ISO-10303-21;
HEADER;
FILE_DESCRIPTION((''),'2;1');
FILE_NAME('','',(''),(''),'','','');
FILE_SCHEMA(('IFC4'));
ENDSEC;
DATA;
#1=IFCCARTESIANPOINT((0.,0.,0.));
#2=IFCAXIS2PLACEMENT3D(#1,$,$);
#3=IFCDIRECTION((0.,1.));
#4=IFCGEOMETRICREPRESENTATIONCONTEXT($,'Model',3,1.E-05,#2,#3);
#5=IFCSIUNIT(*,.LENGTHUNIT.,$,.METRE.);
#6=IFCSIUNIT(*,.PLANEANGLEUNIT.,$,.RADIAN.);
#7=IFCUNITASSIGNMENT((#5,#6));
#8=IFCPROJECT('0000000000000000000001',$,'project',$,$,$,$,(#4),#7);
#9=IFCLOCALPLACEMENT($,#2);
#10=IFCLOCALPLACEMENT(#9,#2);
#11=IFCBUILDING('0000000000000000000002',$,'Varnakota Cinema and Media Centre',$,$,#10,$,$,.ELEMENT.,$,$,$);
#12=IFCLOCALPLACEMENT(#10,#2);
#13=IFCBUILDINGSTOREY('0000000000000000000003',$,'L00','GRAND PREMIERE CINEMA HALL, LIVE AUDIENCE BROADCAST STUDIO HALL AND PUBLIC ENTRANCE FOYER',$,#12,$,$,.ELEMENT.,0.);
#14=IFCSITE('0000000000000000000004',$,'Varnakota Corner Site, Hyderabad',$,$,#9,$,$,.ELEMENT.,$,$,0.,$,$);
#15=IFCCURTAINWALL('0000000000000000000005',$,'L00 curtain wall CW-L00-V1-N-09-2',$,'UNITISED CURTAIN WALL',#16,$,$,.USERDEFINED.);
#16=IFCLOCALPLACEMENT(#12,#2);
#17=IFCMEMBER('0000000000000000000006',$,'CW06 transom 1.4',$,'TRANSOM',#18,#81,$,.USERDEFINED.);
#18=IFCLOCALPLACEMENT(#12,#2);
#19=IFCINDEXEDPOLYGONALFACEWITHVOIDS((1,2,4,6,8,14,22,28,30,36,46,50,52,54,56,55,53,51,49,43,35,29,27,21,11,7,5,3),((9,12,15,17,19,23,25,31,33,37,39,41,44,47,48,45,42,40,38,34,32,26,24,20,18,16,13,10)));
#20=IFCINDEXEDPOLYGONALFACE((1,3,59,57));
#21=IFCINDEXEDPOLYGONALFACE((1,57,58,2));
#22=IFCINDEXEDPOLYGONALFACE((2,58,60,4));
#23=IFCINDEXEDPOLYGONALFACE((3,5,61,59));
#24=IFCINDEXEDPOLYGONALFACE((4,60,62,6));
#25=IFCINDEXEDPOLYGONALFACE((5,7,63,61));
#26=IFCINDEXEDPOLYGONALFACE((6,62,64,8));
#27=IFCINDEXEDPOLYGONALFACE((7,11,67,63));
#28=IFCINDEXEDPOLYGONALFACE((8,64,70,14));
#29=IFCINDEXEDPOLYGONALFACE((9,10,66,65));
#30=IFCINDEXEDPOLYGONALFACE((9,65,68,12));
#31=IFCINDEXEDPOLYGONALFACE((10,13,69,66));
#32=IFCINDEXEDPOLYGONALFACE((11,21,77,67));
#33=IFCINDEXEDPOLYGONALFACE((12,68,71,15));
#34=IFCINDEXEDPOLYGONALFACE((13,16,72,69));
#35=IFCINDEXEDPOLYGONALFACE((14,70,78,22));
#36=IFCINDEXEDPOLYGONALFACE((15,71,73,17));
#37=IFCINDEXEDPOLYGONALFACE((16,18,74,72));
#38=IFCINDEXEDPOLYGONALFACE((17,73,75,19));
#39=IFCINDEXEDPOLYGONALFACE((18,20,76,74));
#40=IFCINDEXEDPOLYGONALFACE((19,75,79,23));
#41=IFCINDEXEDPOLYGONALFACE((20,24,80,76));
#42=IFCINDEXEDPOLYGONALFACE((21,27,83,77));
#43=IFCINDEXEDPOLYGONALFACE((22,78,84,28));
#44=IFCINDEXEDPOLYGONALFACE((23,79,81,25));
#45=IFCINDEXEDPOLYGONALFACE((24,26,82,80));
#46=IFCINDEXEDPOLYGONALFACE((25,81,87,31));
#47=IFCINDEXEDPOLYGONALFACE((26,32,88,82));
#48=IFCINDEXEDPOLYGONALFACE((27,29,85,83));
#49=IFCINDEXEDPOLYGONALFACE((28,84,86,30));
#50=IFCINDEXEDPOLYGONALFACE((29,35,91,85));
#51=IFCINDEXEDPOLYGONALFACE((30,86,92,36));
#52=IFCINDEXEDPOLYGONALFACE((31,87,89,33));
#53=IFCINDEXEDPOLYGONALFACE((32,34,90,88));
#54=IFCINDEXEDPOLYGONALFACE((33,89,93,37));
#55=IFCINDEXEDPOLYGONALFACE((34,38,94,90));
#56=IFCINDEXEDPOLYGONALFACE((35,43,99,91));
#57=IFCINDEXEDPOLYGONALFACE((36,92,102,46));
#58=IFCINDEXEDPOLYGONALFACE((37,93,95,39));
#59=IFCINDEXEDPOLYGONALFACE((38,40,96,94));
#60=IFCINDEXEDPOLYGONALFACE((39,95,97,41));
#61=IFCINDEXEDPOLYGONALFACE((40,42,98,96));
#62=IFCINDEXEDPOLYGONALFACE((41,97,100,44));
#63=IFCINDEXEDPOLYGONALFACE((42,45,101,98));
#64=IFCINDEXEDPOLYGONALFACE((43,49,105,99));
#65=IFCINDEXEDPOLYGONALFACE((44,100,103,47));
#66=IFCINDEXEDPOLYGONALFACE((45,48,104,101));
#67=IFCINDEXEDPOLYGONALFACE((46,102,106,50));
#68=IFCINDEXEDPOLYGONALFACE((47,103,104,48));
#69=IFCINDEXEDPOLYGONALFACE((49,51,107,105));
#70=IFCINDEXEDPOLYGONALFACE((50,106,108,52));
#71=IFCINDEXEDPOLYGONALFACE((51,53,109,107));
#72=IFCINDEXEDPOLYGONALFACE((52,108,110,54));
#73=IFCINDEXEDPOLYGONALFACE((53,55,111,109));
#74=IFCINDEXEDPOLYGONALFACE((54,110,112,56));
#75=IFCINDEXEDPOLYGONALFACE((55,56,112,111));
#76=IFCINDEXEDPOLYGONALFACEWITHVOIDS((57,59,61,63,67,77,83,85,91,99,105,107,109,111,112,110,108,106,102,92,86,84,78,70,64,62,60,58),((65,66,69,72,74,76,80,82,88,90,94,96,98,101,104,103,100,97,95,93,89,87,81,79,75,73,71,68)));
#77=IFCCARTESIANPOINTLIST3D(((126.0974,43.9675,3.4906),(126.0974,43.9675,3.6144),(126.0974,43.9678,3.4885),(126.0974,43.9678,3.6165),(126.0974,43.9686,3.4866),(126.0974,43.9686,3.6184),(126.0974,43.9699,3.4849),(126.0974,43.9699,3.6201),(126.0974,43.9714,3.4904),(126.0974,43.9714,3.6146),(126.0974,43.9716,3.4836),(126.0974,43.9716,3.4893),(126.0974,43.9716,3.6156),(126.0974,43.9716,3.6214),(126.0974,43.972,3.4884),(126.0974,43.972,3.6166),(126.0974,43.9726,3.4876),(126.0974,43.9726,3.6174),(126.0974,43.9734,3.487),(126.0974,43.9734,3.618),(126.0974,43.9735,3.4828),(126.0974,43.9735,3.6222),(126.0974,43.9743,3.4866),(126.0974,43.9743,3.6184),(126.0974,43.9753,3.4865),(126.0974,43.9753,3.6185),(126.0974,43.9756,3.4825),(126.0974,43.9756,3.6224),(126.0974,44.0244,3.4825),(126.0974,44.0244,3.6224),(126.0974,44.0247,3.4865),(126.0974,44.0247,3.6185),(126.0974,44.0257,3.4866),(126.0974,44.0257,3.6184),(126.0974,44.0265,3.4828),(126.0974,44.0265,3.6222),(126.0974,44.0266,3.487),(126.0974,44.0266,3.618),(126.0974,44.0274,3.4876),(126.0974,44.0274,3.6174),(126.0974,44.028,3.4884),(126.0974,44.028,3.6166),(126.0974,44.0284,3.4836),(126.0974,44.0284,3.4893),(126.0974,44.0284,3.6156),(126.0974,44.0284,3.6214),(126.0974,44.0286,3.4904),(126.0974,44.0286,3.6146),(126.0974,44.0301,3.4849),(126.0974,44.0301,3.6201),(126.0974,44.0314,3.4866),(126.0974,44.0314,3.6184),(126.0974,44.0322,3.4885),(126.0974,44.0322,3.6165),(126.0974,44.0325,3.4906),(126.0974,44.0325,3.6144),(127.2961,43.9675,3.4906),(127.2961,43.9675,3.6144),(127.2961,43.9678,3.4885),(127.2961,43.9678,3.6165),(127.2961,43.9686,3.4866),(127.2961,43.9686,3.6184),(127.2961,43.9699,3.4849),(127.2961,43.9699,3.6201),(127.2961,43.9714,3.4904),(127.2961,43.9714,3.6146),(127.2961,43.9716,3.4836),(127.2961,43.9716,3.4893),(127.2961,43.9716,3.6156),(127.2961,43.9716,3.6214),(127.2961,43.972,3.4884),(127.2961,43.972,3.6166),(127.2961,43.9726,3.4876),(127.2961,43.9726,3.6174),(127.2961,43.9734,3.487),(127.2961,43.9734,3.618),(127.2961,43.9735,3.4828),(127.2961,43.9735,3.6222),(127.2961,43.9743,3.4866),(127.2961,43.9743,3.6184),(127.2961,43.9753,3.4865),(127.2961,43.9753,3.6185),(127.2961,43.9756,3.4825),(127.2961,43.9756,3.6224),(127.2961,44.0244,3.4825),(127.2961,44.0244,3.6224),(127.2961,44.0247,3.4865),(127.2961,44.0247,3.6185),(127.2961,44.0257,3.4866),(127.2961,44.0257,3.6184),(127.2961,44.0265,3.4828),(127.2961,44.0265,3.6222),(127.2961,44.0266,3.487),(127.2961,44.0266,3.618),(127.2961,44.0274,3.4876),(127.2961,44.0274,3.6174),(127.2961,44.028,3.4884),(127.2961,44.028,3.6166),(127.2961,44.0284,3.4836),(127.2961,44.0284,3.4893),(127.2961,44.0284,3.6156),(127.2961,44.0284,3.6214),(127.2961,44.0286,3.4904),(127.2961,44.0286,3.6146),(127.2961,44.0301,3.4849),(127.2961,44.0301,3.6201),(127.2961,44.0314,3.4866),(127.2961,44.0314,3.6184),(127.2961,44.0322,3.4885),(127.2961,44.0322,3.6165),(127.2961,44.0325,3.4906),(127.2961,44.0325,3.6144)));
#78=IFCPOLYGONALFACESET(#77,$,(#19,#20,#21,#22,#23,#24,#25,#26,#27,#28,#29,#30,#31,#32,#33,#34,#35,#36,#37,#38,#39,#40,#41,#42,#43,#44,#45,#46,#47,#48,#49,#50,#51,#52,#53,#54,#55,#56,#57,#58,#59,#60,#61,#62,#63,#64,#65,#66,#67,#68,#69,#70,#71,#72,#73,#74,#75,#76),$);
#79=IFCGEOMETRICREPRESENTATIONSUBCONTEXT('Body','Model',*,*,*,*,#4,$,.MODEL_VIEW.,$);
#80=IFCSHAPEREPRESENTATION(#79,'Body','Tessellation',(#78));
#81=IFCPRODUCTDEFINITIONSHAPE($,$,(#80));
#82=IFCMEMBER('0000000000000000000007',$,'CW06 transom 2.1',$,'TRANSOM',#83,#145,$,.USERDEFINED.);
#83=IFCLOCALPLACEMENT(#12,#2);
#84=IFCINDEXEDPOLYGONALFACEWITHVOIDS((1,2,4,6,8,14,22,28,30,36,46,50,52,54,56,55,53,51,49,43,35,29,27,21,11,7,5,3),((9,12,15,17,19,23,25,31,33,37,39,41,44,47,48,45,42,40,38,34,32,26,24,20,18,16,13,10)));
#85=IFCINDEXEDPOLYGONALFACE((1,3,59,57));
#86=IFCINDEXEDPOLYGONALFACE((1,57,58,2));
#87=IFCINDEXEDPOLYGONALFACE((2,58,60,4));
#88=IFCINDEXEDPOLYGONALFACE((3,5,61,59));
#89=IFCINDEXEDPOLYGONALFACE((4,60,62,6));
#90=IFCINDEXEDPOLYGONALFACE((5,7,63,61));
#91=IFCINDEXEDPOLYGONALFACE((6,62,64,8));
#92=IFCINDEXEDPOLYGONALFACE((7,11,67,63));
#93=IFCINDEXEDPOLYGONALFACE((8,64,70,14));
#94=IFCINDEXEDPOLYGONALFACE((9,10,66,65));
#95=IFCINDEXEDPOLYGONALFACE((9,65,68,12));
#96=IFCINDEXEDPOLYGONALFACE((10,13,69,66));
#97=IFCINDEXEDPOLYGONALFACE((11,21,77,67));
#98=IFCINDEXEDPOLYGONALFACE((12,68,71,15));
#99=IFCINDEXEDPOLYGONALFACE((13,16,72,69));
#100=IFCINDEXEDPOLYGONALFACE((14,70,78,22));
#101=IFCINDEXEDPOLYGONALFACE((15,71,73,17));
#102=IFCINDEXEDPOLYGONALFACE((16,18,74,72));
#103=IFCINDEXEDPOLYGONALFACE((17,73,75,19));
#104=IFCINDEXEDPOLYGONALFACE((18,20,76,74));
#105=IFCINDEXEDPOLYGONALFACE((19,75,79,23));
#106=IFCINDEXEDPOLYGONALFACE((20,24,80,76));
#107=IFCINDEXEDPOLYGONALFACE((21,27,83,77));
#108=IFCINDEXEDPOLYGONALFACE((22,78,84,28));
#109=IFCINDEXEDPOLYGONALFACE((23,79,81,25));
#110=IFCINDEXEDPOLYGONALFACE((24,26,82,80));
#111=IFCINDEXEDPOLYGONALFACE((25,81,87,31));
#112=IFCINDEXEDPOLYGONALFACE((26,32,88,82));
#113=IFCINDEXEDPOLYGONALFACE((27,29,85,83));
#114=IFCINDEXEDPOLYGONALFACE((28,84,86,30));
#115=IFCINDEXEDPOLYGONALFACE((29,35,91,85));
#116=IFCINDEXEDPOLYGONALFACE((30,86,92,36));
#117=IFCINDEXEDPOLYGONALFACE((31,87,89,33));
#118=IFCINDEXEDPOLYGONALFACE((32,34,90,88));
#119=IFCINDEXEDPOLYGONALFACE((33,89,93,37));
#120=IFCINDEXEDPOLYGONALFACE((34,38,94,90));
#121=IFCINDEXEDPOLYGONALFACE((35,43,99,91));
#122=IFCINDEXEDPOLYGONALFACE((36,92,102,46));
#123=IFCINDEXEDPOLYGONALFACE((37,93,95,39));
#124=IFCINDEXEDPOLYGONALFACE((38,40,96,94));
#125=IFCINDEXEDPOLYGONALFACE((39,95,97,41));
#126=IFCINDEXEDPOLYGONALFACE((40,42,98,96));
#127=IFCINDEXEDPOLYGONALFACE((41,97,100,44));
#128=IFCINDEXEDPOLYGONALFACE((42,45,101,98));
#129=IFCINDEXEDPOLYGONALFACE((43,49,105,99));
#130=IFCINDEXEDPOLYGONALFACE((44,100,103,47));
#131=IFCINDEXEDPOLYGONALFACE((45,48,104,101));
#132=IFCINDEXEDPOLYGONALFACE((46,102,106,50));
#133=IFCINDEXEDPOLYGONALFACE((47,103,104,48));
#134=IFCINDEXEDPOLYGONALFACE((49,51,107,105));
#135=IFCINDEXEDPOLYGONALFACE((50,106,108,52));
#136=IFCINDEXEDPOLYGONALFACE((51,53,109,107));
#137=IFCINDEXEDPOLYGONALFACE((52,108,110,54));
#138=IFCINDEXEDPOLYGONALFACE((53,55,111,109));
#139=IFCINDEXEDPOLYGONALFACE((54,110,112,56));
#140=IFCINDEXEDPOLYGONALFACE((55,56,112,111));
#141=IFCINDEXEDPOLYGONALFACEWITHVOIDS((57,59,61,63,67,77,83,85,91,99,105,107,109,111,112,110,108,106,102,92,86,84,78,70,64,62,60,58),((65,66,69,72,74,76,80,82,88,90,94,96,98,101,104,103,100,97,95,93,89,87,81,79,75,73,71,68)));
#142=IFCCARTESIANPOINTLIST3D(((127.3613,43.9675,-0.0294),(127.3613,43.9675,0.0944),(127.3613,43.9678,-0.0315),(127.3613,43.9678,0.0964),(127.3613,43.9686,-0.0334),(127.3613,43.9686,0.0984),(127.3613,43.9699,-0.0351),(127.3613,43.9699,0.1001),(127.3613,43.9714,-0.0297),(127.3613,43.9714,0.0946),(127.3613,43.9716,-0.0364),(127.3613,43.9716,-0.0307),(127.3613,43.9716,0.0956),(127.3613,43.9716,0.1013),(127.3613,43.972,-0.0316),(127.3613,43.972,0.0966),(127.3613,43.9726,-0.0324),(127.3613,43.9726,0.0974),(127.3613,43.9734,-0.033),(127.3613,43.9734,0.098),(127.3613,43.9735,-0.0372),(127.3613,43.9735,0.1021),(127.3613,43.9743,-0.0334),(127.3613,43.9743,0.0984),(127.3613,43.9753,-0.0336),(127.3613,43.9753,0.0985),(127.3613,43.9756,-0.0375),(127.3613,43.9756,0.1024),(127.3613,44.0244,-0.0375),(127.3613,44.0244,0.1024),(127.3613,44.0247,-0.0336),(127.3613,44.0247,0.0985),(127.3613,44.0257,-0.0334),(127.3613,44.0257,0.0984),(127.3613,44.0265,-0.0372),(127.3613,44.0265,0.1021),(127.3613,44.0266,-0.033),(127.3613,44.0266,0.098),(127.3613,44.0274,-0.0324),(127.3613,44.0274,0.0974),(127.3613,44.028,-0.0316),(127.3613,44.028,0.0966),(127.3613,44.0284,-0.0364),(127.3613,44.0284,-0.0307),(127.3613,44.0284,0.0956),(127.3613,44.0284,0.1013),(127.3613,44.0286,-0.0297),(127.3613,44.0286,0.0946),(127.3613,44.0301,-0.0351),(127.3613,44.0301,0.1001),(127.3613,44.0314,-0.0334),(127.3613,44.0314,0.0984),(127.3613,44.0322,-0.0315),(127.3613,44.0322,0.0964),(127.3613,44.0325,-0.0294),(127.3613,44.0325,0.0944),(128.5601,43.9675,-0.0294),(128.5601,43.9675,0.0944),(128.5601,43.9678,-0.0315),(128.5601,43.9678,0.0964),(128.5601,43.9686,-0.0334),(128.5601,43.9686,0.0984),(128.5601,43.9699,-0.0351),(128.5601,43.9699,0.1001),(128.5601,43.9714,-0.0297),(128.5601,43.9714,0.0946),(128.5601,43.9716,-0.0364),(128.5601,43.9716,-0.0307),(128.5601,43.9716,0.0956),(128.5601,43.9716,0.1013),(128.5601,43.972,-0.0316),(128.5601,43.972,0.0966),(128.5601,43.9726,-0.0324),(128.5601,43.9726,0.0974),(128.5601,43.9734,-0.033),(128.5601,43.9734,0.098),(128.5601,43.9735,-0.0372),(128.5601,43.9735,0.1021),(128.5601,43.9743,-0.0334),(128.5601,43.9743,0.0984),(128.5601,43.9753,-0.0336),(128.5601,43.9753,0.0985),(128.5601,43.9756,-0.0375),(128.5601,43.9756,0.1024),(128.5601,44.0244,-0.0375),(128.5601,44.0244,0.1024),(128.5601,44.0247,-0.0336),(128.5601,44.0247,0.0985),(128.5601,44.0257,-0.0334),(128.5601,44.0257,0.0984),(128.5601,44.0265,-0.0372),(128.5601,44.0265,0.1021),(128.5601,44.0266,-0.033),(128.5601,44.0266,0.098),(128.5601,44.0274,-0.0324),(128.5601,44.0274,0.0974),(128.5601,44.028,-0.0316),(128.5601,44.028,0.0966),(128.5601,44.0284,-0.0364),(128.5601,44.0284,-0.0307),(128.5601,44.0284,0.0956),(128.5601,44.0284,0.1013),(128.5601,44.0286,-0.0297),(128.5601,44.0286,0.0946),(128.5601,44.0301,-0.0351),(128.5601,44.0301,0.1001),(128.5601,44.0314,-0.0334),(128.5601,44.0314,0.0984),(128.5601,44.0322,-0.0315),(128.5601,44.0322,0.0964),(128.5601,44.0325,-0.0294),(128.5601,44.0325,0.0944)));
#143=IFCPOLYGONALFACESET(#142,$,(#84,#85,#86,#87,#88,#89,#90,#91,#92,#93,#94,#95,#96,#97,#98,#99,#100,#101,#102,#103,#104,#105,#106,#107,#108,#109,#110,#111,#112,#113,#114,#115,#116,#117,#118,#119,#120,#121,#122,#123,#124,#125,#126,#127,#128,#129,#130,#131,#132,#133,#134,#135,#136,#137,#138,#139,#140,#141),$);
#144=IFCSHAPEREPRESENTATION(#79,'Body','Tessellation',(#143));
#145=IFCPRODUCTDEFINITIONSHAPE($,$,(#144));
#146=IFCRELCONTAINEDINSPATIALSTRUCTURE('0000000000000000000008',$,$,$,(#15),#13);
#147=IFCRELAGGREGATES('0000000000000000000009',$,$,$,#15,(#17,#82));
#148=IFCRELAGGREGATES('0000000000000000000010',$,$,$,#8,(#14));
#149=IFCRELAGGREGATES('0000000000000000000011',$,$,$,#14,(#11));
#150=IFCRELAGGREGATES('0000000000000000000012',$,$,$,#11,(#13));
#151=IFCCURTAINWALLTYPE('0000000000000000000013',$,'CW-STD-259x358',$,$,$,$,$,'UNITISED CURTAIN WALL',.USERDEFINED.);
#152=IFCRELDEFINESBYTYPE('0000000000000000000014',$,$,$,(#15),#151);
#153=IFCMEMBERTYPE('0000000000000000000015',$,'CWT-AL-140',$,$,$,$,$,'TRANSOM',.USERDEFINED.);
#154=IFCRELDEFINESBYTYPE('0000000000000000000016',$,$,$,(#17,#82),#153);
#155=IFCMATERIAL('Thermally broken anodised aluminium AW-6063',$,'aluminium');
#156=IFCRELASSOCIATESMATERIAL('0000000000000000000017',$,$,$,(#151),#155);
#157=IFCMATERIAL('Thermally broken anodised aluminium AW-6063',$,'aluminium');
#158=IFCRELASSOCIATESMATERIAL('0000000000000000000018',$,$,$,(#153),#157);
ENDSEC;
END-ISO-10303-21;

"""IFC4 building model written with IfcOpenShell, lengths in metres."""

from ifc_helpers import new_model, si_unit, direction, frame, origin, origin_2d, place, context, subcontext, project, spatial, hollow_rectangle, extrude, material, material_profile, profile_set, type_object, element, aggregate, save


model = new_model("IFC4")

# Units and contexts
model_context = context("Model", 3, precision=1e-05, world=origin(), true_north=direction((0.0, 1.0)))
body_context = subcontext(model_context, "Body", "Model", "MODEL_VIEW")
ifc_project = project(units=[si_unit("LENGTHUNIT", "METRE"), si_unit("PLANEANGLEUNIT", "RADIAN")], contexts=[model_context])

# Site, building, storey
site_placement = place(None, origin())
site = spatial("IfcSite", under=ifc_project, at=site_placement, Name="Varnakota Corner Site, Hyderabad", CompositionType="ELEMENT", RefElevation=0.0)
building_placement = place(site_placement, origin())
building = spatial("IfcBuilding", under=site, at=building_placement, Name="Varnakota Cinema and Media Centre", CompositionType="ELEMENT")
storey_placement = place(building_placement, origin())
storey = spatial("IfcBuildingStorey", under=building, at=storey_placement, Name="L00", Description="GRAND PREMIERE CINEMA HALL, LIVE AUDIENCE BROADCAST STUDIO HALL AND PUBLIC ENTRANCE FOYER", CompositionType="ELEMENT", Elevation=0.0)

# Shared definitions
ifc_material_1 = material(Name="Thermally broken anodised aluminium AW-6063", Category="aluminium")
curtain_wall_type = type_object("IfcCurtainWallType", Name="CW-STD-259x358", ElementType="UNITISED CURTAIN WALL", PredefinedType="USERDEFINED", material=ifc_material_1)

# Curtain wall
curtain_wall_1_placement = place(storey_placement, origin())
curtain_wall_1 = element("IfcCurtainWall", 1, at=curtain_wall_1_placement, inside=storey, type_object=curtain_wall_type, Name="L00 curtain wall CW-L00-V1-N-09-2", ObjectType="UNITISED CURTAIN WALL", PredefinedType="USERDEFINED")

# Members
ifc_material_2 = material(Name="Thermally broken anodised aluminium AW-6063", Category="aluminium")
ifc_material_profile_1 = material_profile(ifc_material_2, hollow_rectangle(XDim=0.0649, YDim=0.1399, WallThickness=0.0039, InnerFilletRadius=0.0039, OuterFilletRadius=0.0081, at=origin_2d()), Name="AL-TRANSOM 140x65x4")
ifc_profile_set_1 = profile_set([ifc_material_profile_1], Name="Thermally broken anodised aluminium AW-6063")
member_type_1 = type_object("IfcMemberType", Name="CWT-AL-140", ElementType="TRANSOM", PredefinedType="USERDEFINED", material=ifc_profile_set_1)
member_1_placement = place(storey_placement, frame((126.0974, 44.0, 3.5525), z_axis=(1.0, 0.0, 0.0), x_axis=(0.0, 1.0, 0.0)))
member_1 = element("IfcMember", 2, at=member_1_placement, type_object=member_type_1, Name="CW06 transom 1.4", ObjectType="TRANSOM", PredefinedType="USERDEFINED", context=body_context, shape_type="SweptSolid", body=[
    extrude(hollow_rectangle(XDim=0.0649, YDim=0.1399, WallThickness=0.0039, InnerFilletRadius=0.0039, OuterFilletRadius=0.0081, at=origin_2d()), origin(), (0.0, 0.0, 1.0), 1.1987),
])
member_2_placement = place(storey_placement, frame((127.3613, 44.0, 0.0325), z_axis=(1.0, 0.0, 0.0), x_axis=(0.0, 1.0, 0.0)))
member_2 = element("IfcMember", 3, at=member_2_placement, type_object=member_type_1, Name="CW06 transom 2.1", ObjectType="TRANSOM", PredefinedType="USERDEFINED", context=body_context, shape_type="SweptSolid", body=[
    extrude(hollow_rectangle(XDim=0.0649, YDim=0.1399, WallThickness=0.0039, InnerFilletRadius=0.0039, OuterFilletRadius=0.0081, at=origin_2d()), origin(), (0.0, 0.0, 1.0), 1.1987),
])

aggregate(curtain_wall_1, [member_1, member_2])

save(model, "model.ifc")
